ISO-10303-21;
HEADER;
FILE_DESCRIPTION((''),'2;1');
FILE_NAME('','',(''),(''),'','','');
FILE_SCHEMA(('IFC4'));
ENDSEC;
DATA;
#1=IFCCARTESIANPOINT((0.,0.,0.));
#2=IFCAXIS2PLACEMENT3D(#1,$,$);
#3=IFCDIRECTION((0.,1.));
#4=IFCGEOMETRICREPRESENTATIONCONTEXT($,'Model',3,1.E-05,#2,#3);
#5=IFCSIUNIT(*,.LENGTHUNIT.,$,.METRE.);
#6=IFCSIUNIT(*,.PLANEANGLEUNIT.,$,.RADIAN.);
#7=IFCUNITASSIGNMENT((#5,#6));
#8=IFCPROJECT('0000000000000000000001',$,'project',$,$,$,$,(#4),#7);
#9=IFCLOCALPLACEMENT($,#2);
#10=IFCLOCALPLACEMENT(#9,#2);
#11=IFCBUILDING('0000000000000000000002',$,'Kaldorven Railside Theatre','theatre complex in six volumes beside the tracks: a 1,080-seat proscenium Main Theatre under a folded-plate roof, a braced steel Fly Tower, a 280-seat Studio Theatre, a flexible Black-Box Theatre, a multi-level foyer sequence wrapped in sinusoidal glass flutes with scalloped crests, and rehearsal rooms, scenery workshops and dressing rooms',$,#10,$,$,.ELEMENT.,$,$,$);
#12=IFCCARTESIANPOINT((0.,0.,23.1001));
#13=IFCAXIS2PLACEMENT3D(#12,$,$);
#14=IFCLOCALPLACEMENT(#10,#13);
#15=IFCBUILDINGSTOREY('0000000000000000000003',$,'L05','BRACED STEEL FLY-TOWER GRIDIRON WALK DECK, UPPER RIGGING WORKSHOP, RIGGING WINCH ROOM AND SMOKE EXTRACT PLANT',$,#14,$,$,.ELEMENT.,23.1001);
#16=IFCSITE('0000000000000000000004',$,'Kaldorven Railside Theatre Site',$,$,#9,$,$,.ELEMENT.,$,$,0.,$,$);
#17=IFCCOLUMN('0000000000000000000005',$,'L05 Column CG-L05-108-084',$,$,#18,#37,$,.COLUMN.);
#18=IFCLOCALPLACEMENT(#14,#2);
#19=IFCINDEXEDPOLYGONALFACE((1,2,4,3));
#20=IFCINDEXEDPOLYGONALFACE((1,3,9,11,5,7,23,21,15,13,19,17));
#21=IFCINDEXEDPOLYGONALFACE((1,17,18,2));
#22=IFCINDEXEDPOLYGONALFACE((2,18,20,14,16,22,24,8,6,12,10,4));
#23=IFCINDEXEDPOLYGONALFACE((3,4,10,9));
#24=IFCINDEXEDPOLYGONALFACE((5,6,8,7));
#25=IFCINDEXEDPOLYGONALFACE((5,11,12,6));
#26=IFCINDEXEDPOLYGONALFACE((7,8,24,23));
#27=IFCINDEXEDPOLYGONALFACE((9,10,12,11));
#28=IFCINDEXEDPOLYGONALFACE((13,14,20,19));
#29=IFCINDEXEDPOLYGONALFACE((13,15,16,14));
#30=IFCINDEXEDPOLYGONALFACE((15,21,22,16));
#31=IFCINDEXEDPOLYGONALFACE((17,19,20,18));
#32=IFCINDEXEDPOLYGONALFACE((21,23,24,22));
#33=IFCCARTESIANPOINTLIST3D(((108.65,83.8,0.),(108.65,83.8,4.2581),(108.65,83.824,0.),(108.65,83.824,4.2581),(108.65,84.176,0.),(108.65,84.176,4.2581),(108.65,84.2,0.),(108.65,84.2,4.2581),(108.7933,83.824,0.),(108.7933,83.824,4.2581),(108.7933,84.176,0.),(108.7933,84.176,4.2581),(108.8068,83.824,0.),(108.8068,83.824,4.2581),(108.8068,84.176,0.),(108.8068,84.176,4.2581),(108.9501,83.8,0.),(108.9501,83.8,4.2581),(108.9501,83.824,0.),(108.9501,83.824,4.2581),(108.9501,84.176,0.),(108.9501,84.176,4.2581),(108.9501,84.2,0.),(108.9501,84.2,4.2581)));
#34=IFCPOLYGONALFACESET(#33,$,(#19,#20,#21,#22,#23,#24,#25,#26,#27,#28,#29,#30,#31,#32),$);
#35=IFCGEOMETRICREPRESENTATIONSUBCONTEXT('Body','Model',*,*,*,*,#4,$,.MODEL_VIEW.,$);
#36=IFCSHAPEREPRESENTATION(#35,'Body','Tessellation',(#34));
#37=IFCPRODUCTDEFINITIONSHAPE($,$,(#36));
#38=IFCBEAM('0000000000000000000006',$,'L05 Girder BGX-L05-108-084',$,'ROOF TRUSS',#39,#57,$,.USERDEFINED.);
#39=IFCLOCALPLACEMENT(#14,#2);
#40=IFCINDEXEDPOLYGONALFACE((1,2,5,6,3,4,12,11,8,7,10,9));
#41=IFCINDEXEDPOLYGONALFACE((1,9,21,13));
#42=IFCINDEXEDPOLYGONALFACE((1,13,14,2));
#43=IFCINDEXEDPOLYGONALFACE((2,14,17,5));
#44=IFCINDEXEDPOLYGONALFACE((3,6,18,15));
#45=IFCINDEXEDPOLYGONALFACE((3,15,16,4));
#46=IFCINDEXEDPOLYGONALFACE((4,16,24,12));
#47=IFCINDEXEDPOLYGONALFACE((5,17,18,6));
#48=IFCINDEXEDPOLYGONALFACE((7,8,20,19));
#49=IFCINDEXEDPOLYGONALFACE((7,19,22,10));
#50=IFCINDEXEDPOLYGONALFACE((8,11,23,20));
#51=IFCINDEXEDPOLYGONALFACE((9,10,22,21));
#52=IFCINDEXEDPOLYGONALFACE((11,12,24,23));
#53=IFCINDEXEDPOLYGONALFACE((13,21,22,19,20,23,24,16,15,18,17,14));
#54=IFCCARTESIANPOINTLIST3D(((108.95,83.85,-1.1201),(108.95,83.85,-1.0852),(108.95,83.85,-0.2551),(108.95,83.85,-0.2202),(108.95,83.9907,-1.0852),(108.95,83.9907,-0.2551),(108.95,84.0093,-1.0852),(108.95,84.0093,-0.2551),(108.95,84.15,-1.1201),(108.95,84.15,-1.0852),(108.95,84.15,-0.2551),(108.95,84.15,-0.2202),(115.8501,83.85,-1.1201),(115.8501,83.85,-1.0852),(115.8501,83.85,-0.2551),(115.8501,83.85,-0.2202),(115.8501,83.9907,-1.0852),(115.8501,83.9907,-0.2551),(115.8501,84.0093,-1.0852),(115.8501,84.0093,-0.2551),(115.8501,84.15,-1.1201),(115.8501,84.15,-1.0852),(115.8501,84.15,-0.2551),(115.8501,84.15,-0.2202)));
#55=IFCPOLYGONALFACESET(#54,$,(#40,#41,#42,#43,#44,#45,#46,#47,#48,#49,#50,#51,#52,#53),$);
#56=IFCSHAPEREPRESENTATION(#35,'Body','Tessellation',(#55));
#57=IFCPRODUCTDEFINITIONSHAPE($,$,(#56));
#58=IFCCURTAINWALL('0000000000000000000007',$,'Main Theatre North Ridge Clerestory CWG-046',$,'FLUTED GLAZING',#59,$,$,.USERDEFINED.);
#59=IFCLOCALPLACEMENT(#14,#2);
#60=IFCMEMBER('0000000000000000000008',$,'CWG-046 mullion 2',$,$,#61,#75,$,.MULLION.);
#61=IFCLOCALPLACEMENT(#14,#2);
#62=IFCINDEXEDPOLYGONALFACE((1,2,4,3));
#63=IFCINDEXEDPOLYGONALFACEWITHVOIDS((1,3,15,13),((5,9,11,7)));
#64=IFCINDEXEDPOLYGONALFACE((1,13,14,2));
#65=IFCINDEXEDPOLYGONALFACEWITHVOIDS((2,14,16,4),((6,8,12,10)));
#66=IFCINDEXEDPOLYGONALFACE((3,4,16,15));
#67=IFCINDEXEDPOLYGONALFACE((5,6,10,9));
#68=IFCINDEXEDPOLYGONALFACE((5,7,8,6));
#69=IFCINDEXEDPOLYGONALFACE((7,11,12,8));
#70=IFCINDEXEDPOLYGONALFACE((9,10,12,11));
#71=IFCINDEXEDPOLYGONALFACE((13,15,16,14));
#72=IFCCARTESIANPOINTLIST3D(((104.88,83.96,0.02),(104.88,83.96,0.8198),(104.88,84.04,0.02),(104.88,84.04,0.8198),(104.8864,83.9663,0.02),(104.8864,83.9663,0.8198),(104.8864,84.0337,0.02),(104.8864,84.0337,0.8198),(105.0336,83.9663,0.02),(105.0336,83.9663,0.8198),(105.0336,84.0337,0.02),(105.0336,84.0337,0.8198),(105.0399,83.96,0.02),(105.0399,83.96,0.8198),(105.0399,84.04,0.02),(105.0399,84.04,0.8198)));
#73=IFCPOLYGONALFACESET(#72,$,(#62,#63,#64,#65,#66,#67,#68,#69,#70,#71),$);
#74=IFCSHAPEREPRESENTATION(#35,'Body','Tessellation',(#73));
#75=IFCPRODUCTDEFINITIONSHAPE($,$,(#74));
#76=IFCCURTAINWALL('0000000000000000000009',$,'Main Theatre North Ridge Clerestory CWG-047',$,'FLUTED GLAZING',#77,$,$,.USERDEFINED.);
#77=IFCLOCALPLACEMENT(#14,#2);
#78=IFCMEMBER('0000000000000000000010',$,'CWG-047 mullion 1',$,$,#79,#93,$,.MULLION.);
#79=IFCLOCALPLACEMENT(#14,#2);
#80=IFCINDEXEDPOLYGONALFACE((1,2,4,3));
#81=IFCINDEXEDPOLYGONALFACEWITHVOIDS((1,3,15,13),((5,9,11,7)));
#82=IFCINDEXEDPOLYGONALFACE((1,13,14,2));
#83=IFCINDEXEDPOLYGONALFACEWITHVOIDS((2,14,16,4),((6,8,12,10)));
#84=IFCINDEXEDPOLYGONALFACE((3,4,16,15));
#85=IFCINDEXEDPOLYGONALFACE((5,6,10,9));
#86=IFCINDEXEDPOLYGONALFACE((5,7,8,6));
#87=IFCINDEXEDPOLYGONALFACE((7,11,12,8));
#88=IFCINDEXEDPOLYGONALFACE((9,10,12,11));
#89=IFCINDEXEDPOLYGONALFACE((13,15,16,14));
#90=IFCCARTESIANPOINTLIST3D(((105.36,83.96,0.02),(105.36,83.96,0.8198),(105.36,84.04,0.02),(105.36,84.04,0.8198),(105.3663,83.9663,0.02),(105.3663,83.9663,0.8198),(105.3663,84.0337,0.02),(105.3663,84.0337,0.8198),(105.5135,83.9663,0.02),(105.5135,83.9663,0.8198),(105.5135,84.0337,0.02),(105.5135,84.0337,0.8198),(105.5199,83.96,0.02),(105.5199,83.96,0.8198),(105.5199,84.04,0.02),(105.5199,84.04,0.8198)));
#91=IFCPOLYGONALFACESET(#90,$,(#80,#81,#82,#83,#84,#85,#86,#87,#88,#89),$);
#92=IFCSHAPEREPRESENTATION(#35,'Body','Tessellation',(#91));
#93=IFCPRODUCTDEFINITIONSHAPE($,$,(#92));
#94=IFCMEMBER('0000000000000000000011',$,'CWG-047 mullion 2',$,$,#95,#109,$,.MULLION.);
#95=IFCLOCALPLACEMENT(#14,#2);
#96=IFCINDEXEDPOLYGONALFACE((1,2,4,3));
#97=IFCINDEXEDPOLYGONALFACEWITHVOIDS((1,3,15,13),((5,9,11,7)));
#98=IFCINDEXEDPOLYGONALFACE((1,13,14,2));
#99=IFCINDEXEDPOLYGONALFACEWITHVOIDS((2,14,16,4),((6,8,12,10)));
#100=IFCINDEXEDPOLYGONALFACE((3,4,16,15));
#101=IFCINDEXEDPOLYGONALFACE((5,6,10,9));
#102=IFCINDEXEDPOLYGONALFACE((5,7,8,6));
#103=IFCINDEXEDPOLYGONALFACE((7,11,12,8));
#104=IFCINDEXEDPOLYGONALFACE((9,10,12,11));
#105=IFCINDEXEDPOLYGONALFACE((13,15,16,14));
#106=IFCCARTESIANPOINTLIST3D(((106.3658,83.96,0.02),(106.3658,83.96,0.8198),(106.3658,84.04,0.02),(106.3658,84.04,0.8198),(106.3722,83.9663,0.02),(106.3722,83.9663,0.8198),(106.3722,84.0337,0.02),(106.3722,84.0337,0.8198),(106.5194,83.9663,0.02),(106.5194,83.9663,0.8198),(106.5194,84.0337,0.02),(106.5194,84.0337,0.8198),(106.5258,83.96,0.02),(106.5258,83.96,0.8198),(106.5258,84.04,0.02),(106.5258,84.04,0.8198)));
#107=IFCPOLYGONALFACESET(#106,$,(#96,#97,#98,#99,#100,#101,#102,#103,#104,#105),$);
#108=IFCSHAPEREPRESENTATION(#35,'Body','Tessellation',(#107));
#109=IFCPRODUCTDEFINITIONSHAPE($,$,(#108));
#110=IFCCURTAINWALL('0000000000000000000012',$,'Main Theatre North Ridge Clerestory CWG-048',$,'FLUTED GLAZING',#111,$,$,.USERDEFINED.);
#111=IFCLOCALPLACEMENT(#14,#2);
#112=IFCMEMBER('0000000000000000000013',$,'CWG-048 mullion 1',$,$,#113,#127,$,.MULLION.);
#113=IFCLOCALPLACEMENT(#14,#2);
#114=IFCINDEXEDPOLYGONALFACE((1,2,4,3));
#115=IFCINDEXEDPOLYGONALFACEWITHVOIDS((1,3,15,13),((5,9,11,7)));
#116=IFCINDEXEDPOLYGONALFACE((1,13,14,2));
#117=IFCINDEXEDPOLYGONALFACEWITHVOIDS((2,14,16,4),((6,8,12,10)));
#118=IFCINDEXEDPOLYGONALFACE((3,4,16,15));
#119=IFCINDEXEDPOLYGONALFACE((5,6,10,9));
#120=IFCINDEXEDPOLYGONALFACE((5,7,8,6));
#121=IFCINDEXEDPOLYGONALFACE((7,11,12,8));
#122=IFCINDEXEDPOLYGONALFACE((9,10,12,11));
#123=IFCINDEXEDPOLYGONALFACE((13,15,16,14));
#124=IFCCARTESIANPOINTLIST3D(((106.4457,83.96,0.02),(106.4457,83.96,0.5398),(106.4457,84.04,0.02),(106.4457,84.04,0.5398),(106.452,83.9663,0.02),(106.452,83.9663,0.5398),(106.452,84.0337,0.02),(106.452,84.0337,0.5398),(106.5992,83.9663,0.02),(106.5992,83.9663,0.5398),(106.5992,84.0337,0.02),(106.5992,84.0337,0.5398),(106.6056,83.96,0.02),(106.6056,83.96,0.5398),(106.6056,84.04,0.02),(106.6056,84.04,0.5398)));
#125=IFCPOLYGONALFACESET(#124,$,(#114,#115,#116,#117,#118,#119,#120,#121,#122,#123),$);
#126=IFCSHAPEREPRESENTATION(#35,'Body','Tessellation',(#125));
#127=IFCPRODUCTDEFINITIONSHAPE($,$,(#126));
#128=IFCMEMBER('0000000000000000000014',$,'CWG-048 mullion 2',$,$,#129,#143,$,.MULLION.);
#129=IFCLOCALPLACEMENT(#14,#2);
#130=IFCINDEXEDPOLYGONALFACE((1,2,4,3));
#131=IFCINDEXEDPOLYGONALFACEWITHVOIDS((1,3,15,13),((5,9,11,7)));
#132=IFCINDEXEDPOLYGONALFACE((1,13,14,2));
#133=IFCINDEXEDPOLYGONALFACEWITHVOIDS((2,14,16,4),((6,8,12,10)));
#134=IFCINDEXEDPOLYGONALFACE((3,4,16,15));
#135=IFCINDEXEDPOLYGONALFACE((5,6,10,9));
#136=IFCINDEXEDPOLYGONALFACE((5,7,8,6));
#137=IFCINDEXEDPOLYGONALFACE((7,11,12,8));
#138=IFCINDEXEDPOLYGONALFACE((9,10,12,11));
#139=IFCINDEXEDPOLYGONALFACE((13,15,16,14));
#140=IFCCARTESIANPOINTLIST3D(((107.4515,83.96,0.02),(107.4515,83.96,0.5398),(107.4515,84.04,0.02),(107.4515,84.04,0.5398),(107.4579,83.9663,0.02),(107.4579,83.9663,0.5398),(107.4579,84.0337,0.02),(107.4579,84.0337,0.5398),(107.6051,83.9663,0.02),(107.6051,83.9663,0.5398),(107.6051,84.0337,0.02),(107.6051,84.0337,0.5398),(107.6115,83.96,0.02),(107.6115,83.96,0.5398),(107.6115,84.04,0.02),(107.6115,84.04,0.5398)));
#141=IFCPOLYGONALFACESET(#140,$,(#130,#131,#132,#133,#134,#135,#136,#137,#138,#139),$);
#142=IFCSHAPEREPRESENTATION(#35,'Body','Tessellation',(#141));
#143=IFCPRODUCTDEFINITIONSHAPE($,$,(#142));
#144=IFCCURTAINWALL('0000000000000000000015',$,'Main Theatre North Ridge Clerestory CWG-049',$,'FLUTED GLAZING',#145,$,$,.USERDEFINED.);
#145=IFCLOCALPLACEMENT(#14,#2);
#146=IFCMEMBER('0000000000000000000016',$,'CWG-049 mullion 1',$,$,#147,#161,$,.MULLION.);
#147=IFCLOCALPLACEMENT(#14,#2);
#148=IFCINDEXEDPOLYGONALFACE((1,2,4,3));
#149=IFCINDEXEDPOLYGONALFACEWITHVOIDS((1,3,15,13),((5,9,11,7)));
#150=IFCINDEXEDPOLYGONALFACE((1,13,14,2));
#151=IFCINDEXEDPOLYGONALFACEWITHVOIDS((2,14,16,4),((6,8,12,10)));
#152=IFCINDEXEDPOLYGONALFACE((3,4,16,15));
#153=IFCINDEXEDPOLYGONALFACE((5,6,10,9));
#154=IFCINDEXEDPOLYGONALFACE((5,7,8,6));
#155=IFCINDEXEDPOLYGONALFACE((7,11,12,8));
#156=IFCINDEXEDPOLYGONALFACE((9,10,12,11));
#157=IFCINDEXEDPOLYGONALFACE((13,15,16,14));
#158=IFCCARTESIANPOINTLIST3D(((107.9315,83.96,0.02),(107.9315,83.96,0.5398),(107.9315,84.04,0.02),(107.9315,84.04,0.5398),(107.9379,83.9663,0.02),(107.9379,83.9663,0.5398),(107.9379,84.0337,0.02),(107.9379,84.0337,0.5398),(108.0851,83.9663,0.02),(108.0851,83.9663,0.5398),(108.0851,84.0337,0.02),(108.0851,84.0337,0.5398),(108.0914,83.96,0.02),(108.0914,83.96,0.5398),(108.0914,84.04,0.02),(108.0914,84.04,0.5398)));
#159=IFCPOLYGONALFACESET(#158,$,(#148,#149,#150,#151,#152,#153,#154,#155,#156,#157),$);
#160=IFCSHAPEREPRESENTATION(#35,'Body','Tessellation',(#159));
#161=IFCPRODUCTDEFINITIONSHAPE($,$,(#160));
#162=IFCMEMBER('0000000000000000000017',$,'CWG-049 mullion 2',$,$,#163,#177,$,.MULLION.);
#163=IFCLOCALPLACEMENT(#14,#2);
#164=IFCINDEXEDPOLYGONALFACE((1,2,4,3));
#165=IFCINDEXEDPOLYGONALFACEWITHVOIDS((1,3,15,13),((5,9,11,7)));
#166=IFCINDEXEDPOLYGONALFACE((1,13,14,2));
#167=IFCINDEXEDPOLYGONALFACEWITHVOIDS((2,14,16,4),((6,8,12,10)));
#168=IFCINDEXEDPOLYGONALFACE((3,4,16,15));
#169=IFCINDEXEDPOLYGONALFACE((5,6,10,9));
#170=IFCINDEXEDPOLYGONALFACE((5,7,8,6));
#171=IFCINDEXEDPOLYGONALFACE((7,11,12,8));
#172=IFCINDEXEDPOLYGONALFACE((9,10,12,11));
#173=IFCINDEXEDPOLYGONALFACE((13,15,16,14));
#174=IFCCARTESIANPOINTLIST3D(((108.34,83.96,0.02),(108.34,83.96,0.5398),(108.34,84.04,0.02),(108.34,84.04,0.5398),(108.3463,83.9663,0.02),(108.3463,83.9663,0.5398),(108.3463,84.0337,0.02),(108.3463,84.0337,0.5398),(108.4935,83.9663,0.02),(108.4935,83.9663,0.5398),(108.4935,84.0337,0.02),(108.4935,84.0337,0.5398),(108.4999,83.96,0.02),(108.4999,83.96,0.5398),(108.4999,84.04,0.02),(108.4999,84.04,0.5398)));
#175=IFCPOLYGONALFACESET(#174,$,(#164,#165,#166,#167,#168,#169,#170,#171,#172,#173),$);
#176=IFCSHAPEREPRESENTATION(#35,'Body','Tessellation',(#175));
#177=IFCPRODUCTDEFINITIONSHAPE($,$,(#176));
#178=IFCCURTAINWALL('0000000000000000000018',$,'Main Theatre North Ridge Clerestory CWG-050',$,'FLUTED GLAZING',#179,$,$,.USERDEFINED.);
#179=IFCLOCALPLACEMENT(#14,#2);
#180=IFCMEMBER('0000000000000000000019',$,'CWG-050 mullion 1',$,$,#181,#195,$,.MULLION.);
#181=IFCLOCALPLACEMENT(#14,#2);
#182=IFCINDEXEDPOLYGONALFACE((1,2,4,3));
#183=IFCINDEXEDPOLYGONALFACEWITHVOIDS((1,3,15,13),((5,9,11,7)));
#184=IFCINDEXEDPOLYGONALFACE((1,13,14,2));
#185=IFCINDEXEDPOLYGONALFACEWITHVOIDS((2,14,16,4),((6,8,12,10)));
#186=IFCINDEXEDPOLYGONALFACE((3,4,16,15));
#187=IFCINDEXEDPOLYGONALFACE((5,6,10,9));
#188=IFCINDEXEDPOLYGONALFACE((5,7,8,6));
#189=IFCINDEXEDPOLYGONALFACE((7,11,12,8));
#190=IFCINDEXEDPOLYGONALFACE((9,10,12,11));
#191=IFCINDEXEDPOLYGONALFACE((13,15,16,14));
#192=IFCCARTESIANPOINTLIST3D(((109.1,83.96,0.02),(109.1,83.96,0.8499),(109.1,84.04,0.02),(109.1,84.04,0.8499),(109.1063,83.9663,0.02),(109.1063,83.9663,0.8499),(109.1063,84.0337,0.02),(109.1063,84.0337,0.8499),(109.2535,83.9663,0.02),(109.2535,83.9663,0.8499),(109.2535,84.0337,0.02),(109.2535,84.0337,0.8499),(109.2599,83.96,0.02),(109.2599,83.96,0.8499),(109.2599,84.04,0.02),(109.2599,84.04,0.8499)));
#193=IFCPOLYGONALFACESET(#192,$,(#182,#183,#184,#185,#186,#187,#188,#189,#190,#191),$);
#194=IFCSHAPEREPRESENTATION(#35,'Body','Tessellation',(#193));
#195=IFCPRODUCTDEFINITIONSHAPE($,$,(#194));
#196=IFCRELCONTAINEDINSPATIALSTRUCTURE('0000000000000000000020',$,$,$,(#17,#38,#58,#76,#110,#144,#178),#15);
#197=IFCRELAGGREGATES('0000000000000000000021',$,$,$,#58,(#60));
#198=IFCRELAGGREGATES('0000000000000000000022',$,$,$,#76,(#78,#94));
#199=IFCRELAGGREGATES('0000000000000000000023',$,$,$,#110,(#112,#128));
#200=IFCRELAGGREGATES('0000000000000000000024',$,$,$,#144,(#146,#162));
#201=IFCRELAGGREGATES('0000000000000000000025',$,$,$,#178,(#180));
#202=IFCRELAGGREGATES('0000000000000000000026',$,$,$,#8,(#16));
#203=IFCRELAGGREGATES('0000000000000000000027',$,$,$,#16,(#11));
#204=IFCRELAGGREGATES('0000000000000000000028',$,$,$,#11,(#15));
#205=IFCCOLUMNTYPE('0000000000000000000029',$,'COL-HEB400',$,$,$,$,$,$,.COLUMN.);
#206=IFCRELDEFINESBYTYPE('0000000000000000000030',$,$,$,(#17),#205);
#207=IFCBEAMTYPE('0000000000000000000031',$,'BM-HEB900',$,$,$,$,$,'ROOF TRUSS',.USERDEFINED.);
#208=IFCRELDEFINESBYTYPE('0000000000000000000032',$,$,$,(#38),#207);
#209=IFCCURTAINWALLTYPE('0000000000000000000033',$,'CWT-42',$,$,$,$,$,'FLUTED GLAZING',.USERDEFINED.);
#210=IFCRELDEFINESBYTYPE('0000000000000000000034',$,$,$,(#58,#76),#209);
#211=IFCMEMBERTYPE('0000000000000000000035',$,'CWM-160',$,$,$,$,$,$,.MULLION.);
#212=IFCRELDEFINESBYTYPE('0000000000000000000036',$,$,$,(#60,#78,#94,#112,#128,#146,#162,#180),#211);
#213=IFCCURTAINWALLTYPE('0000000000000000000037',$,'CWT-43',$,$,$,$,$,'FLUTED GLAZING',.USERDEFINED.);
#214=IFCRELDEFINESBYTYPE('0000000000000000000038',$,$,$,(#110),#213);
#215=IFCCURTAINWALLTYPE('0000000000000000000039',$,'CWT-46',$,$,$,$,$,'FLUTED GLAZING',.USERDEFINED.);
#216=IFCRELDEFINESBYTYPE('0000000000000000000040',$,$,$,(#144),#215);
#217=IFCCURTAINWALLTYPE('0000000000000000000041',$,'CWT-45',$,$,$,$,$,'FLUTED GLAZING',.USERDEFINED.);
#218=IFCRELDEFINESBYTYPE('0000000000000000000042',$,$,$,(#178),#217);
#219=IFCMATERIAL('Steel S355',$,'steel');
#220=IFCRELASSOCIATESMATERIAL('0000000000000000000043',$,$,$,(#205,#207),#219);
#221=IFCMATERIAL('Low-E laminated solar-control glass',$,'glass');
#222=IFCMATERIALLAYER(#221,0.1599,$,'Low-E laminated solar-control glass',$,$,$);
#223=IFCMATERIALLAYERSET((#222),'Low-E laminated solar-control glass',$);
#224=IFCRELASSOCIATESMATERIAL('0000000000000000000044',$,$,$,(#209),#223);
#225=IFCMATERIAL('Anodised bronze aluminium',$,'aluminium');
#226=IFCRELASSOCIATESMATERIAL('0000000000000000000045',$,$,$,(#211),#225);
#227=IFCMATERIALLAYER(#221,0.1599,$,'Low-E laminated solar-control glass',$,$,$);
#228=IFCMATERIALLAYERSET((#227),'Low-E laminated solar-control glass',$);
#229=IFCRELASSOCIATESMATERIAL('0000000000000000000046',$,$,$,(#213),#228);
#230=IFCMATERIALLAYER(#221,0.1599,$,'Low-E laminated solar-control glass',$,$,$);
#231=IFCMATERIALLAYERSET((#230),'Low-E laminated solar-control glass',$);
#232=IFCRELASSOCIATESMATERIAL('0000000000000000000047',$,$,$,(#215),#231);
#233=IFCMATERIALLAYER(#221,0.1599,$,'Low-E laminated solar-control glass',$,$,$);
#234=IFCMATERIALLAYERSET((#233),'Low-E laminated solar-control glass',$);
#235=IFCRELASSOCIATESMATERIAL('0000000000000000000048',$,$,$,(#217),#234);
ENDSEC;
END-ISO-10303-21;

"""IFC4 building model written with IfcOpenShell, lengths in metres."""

from ifc_helpers import new_model, si_unit, direction, frame, origin, origin_2d, place, context, subcontext, project, spatial, hollow_rectangle, i_section, extrude, material, layer, layer_set, material_profile, profile_set, type_object, element, aggregate, save


model = new_model("IFC4")

# Units and contexts
model_context = context("Model", 3, precision=1e-05, world=origin(), true_north=direction((0.0, 1.0)))
body_context = subcontext(model_context, "Body", "Model", "MODEL_VIEW")
ifc_project = project(units=[si_unit("LENGTHUNIT", "METRE"), si_unit("PLANEANGLEUNIT", "RADIAN")], contexts=[model_context])

# Site, building, storey
site_placement = place(None, origin())
site = spatial("IfcSite", under=ifc_project, at=site_placement, Name="Kaldorven Railside Theatre Site", CompositionType="ELEMENT", RefElevation=0.0)
building_placement = place(site_placement, origin())
building = spatial("IfcBuilding", under=site, at=building_placement, Name="Kaldorven Railside Theatre", Description="theatre complex in six volumes beside the tracks: a 1,080-seat proscenium Main Theatre under a folded-plate roof, a braced steel Fly Tower, a 280-seat Studio Theatre, a flexible Black-Box Theatre, a multi-level foyer sequence wrapped in sinusoidal glass flutes with scalloped crests, and rehearsal rooms, scenery workshops and dressing rooms", CompositionType="ELEMENT")
storey_placement = place(building_placement, frame((0.0, 0.0, 23.1001)))
storey = spatial("IfcBuildingStorey", under=building, at=storey_placement, Name="L05", Description="BRACED STEEL FLY-TOWER GRIDIRON WALK DECK, UPPER RIGGING WORKSHOP, RIGGING WINCH ROOM AND SMOKE EXTRACT PLANT", CompositionType="ELEMENT", Elevation=23.1001)

# Column
ifc_material_1 = material(Name="Steel S355", Category="steel")
ifc_material_profile_1 = material_profile(ifc_material_1, i_section(OverallWidth=0.3, OverallDepth=0.3999, WebThickness=0.0134, FlangeThickness=0.0239, at=origin_2d()), Name="HEB 400")
ifc_profile_set_1 = profile_set([ifc_material_profile_1], Name="Steel S355")
column_type = type_object("IfcColumnType", Name="COL-HEB400", PredefinedType="COLUMN", material=ifc_profile_set_1)
column_placement = place(storey_placement, frame((108.8, 84.0, 0.0), z_axis=(0.0, 0.0, 1.0), x_axis=(1.0, 0.0, 0.0)))
element("IfcColumn", 1, at=column_placement, inside=storey, type_object=column_type, Name="L05 Column CG-L05-108-084", PredefinedType="COLUMN", context=body_context, shape_type="SweptSolid", body=[
    extrude(i_section(OverallWidth=0.3, OverallDepth=0.3999, WebThickness=0.0134, FlangeThickness=0.0239, at=origin_2d()), origin(), (0.0, 0.0, 1.0), 4.2581),
])

# Beam
ifc_material_profile_2 = material_profile(ifc_material_1, i_section(OverallWidth=0.3, OverallDepth=0.8999, WebThickness=0.0186, FlangeThickness=0.0349, at=origin_2d()), Name="HEB 900")
ifc_profile_set_2 = profile_set([ifc_material_profile_2], Name="Steel S355")
beam_type = type_object("IfcBeamType", Name="BM-HEB900", ElementType="ROOF TRUSS", PredefinedType="USERDEFINED", material=ifc_profile_set_2)
beam_placement = place(storey_placement, frame((108.95, 84.0, -0.6702), z_axis=(1.0, 0.0, 0.0), x_axis=(0.0, 1.0, 0.0)))
element("IfcBeam", 2, at=beam_placement, inside=storey, type_object=beam_type, Name="L05 Girder BGX-L05-108-084", ObjectType="ROOF TRUSS", PredefinedType="USERDEFINED", context=body_context, shape_type="SweptSolid", body=[
    extrude(i_section(OverallWidth=0.3, OverallDepth=0.8999, WebThickness=0.0186, FlangeThickness=0.0349, at=origin_2d()), origin(), (0.0, 0.0, 1.0), 6.9001),
])

# Curtain wall, member
ifc_material_2 = material(Name="Low-E laminated solar-control glass", Category="glass")
ifc_layer_1 = layer(ifc_material_2, 0.1599, Name="Low-E laminated solar-control glass")
ifc_layer_set_1 = layer_set([ifc_layer_1], Name="Low-E laminated solar-control glass")
curtain_wall_type_1 = type_object("IfcCurtainWallType", Name="CWT-42", ElementType="FLUTED GLAZING", PredefinedType="USERDEFINED", material=ifc_layer_set_1)
curtain_wall_1_placement = place(storey_placement, origin())
curtain_wall_1 = element("IfcCurtainWall", 3, at=curtain_wall_1_placement, inside=storey, type_object=curtain_wall_type_1, Name="Main Theatre North Ridge Clerestory CWG-046", ObjectType="FLUTED GLAZING", PredefinedType="USERDEFINED")
ifc_material_3 = material(Name="Anodised bronze aluminium", Category="aluminium")
ifc_material_profile_3 = material_profile(ifc_material_3, hollow_rectangle(XDim=0.0801, YDim=0.1599, WallThickness=0.0063, at=origin_2d()), Name="RHS 160x80x6.3")
ifc_profile_set_3 = profile_set([ifc_material_profile_3], Name="Anodised bronze aluminium")
member_type_1 = type_object("IfcMemberType", Name="CWM-160", PredefinedType="MULLION", material=ifc_profile_set_3)
member_1_placement = place(storey_placement, frame((104.96, 84.0, 0.02), z_axis=(0.0, 0.0, 1.0), x_axis=(0.0, 1.0, 0.0)))
member_1 = element("IfcMember", 4, at=member_1_placement, type_object=member_type_1, Name="CWG-046 mullion 2", PredefinedType="MULLION", context=body_context, shape_type="SweptSolid", body=[
    extrude(hollow_rectangle(XDim=0.0801, YDim=0.1599, WallThickness=0.0063, at=origin_2d()), origin(), (0.0, 0.0, 1.0), 0.7998),
])

# Curtain walls, members
curtain_wall_2_placement = place(storey_placement, origin())
curtain_wall_2 = element("IfcCurtainWall", 5, at=curtain_wall_2_placement, inside=storey, type_object=curtain_wall_type_1, Name="Main Theatre North Ridge Clerestory CWG-047", ObjectType="FLUTED GLAZING", PredefinedType="USERDEFINED")
member_2_placement = place(storey_placement, frame((105.4399, 84.0, 0.02), z_axis=(0.0, 0.0, 1.0), x_axis=(0.0, 1.0, 0.0)))
member_2 = element("IfcMember", 6, at=member_2_placement, type_object=member_type_1, Name="CWG-047 mullion 1", PredefinedType="MULLION", context=body_context, shape_type="SweptSolid", body=[
    extrude(hollow_rectangle(XDim=0.0801, YDim=0.1599, WallThickness=0.0063, at=origin_2d()), origin(), (0.0, 0.0, 1.0), 0.7998),
])
member_3_placement = place(storey_placement, frame((106.4458, 84.0, 0.02), z_axis=(0.0, 0.0, 1.0), x_axis=(0.0, 1.0, 0.0)))
member_3 = element("IfcMember", 7, at=member_3_placement, type_object=member_type_1, Name="CWG-047 mullion 2", PredefinedType="MULLION", context=body_context, shape_type="SweptSolid", body=[
    extrude(hollow_rectangle(XDim=0.0801, YDim=0.1599, WallThickness=0.0063, at=origin_2d()), origin(), (0.0, 0.0, 1.0), 0.7998),
])
ifc_layer_2 = layer(ifc_material_2, 0.1599, Name="Low-E laminated solar-control glass")
ifc_layer_set_2 = layer_set([ifc_layer_2], Name="Low-E laminated solar-control glass")
curtain_wall_type_2 = type_object("IfcCurtainWallType", Name="CWT-43", ElementType="FLUTED GLAZING", PredefinedType="USERDEFINED", material=ifc_layer_set_2)
curtain_wall_3_placement = place(storey_placement, origin())
curtain_wall_3 = element("IfcCurtainWall", 8, at=curtain_wall_3_placement, inside=storey, type_object=curtain_wall_type_2, Name="Main Theatre North Ridge Clerestory CWG-048", ObjectType="FLUTED GLAZING", PredefinedType="USERDEFINED")
member_4_placement = place(storey_placement, frame((106.5256, 84.0, 0.02), z_axis=(0.0, 0.0, 1.0), x_axis=(0.0, 1.0, 0.0)))
member_4 = element("IfcMember", 9, at=member_4_placement, type_object=member_type_1, Name="CWG-048 mullion 1", PredefinedType="MULLION", context=body_context, shape_type="SweptSolid", body=[
    extrude(hollow_rectangle(XDim=0.0801, YDim=0.1599, WallThickness=0.0063, at=origin_2d()), origin(), (0.0, 0.0, 1.0), 0.5198),
])
member_5_placement = place(storey_placement, frame((107.5315, 84.0, 0.02), z_axis=(0.0, 0.0, 1.0), x_axis=(0.0, 1.0, 0.0)))
member_5 = element("IfcMember", 10, at=member_5_placement, type_object=member_type_1, Name="CWG-048 mullion 2", PredefinedType="MULLION", context=body_context, shape_type="SweptSolid", body=[
    extrude(hollow_rectangle(XDim=0.0801, YDim=0.1599, WallThickness=0.0063, at=origin_2d()), origin(), (0.0, 0.0, 1.0), 0.5198),
])
ifc_layer_3 = layer(ifc_material_2, 0.1599, Name="Low-E laminated solar-control glass")
ifc_layer_set_3 = layer_set([ifc_layer_3], Name="Low-E laminated solar-control glass")
curtain_wall_type_3 = type_object("IfcCurtainWallType", Name="CWT-46", ElementType="FLUTED GLAZING", PredefinedType="USERDEFINED", material=ifc_layer_set_3)
curtain_wall_4_placement = place(storey_placement, origin())
curtain_wall_4 = element("IfcCurtainWall", 11, at=curtain_wall_4_placement, inside=storey, type_object=curtain_wall_type_3, Name="Main Theatre North Ridge Clerestory CWG-049", ObjectType="FLUTED GLAZING", PredefinedType="USERDEFINED")
member_6_placement = place(storey_placement, frame((108.0115, 84.0, 0.02), z_axis=(0.0, 0.0, 1.0), x_axis=(0.0, 1.0, 0.0)))
member_6 = element("IfcMember", 12, at=member_6_placement, type_object=member_type_1, Name="CWG-049 mullion 1", PredefinedType="MULLION", context=body_context, shape_type="SweptSolid", body=[
    extrude(hollow_rectangle(XDim=0.0801, YDim=0.1599, WallThickness=0.0063, at=origin_2d()), origin(), (0.0, 0.0, 1.0), 0.5198),
])
member_7_placement = place(storey_placement, frame((108.4199, 84.0, 0.02), z_axis=(0.0, 0.0, 1.0), x_axis=(0.0, 1.0, 0.0)))
member_7 = element("IfcMember", 13, at=member_7_placement, type_object=member_type_1, Name="CWG-049 mullion 2", PredefinedType="MULLION", context=body_context, shape_type="SweptSolid", body=[
    extrude(hollow_rectangle(XDim=0.0801, YDim=0.1599, WallThickness=0.0063, at=origin_2d()), origin(), (0.0, 0.0, 1.0), 0.5198),
])
ifc_layer_4 = layer(ifc_material_2, 0.1599, Name="Low-E laminated solar-control glass")
ifc_layer_set_4 = layer_set([ifc_layer_4], Name="Low-E laminated solar-control glass")
curtain_wall_type_4 = type_object("IfcCurtainWallType", Name="CWT-45", ElementType="FLUTED GLAZING", PredefinedType="USERDEFINED", material=ifc_layer_set_4)
curtain_wall_5_placement = place(storey_placement, origin())
curtain_wall_5 = element("IfcCurtainWall", 14, at=curtain_wall_5_placement, inside=storey, type_object=curtain_wall_type_4, Name="Main Theatre North Ridge Clerestory CWG-050", ObjectType="FLUTED GLAZING", PredefinedType="USERDEFINED")
member_8_placement = place(storey_placement, frame((109.1799, 84.0, 0.02), z_axis=(0.0, 0.0, 1.0), x_axis=(0.0, 1.0, 0.0)))
member_8 = element("IfcMember", 15, at=member_8_placement, type_object=member_type_1, Name="CWG-050 mullion 1", PredefinedType="MULLION", context=body_context, shape_type="SweptSolid", body=[
    extrude(hollow_rectangle(XDim=0.0801, YDim=0.1599, WallThickness=0.0063, at=origin_2d()), origin(), (0.0, 0.0, 1.0), 0.8298),
])

aggregate(curtain_wall_1, [member_1])
aggregate(curtain_wall_2, [member_2, member_3])
aggregate(curtain_wall_3, [member_4, member_5])
aggregate(curtain_wall_4, [member_6, member_7])
aggregate(curtain_wall_5, [member_8])

save(model, "model.ifc")
